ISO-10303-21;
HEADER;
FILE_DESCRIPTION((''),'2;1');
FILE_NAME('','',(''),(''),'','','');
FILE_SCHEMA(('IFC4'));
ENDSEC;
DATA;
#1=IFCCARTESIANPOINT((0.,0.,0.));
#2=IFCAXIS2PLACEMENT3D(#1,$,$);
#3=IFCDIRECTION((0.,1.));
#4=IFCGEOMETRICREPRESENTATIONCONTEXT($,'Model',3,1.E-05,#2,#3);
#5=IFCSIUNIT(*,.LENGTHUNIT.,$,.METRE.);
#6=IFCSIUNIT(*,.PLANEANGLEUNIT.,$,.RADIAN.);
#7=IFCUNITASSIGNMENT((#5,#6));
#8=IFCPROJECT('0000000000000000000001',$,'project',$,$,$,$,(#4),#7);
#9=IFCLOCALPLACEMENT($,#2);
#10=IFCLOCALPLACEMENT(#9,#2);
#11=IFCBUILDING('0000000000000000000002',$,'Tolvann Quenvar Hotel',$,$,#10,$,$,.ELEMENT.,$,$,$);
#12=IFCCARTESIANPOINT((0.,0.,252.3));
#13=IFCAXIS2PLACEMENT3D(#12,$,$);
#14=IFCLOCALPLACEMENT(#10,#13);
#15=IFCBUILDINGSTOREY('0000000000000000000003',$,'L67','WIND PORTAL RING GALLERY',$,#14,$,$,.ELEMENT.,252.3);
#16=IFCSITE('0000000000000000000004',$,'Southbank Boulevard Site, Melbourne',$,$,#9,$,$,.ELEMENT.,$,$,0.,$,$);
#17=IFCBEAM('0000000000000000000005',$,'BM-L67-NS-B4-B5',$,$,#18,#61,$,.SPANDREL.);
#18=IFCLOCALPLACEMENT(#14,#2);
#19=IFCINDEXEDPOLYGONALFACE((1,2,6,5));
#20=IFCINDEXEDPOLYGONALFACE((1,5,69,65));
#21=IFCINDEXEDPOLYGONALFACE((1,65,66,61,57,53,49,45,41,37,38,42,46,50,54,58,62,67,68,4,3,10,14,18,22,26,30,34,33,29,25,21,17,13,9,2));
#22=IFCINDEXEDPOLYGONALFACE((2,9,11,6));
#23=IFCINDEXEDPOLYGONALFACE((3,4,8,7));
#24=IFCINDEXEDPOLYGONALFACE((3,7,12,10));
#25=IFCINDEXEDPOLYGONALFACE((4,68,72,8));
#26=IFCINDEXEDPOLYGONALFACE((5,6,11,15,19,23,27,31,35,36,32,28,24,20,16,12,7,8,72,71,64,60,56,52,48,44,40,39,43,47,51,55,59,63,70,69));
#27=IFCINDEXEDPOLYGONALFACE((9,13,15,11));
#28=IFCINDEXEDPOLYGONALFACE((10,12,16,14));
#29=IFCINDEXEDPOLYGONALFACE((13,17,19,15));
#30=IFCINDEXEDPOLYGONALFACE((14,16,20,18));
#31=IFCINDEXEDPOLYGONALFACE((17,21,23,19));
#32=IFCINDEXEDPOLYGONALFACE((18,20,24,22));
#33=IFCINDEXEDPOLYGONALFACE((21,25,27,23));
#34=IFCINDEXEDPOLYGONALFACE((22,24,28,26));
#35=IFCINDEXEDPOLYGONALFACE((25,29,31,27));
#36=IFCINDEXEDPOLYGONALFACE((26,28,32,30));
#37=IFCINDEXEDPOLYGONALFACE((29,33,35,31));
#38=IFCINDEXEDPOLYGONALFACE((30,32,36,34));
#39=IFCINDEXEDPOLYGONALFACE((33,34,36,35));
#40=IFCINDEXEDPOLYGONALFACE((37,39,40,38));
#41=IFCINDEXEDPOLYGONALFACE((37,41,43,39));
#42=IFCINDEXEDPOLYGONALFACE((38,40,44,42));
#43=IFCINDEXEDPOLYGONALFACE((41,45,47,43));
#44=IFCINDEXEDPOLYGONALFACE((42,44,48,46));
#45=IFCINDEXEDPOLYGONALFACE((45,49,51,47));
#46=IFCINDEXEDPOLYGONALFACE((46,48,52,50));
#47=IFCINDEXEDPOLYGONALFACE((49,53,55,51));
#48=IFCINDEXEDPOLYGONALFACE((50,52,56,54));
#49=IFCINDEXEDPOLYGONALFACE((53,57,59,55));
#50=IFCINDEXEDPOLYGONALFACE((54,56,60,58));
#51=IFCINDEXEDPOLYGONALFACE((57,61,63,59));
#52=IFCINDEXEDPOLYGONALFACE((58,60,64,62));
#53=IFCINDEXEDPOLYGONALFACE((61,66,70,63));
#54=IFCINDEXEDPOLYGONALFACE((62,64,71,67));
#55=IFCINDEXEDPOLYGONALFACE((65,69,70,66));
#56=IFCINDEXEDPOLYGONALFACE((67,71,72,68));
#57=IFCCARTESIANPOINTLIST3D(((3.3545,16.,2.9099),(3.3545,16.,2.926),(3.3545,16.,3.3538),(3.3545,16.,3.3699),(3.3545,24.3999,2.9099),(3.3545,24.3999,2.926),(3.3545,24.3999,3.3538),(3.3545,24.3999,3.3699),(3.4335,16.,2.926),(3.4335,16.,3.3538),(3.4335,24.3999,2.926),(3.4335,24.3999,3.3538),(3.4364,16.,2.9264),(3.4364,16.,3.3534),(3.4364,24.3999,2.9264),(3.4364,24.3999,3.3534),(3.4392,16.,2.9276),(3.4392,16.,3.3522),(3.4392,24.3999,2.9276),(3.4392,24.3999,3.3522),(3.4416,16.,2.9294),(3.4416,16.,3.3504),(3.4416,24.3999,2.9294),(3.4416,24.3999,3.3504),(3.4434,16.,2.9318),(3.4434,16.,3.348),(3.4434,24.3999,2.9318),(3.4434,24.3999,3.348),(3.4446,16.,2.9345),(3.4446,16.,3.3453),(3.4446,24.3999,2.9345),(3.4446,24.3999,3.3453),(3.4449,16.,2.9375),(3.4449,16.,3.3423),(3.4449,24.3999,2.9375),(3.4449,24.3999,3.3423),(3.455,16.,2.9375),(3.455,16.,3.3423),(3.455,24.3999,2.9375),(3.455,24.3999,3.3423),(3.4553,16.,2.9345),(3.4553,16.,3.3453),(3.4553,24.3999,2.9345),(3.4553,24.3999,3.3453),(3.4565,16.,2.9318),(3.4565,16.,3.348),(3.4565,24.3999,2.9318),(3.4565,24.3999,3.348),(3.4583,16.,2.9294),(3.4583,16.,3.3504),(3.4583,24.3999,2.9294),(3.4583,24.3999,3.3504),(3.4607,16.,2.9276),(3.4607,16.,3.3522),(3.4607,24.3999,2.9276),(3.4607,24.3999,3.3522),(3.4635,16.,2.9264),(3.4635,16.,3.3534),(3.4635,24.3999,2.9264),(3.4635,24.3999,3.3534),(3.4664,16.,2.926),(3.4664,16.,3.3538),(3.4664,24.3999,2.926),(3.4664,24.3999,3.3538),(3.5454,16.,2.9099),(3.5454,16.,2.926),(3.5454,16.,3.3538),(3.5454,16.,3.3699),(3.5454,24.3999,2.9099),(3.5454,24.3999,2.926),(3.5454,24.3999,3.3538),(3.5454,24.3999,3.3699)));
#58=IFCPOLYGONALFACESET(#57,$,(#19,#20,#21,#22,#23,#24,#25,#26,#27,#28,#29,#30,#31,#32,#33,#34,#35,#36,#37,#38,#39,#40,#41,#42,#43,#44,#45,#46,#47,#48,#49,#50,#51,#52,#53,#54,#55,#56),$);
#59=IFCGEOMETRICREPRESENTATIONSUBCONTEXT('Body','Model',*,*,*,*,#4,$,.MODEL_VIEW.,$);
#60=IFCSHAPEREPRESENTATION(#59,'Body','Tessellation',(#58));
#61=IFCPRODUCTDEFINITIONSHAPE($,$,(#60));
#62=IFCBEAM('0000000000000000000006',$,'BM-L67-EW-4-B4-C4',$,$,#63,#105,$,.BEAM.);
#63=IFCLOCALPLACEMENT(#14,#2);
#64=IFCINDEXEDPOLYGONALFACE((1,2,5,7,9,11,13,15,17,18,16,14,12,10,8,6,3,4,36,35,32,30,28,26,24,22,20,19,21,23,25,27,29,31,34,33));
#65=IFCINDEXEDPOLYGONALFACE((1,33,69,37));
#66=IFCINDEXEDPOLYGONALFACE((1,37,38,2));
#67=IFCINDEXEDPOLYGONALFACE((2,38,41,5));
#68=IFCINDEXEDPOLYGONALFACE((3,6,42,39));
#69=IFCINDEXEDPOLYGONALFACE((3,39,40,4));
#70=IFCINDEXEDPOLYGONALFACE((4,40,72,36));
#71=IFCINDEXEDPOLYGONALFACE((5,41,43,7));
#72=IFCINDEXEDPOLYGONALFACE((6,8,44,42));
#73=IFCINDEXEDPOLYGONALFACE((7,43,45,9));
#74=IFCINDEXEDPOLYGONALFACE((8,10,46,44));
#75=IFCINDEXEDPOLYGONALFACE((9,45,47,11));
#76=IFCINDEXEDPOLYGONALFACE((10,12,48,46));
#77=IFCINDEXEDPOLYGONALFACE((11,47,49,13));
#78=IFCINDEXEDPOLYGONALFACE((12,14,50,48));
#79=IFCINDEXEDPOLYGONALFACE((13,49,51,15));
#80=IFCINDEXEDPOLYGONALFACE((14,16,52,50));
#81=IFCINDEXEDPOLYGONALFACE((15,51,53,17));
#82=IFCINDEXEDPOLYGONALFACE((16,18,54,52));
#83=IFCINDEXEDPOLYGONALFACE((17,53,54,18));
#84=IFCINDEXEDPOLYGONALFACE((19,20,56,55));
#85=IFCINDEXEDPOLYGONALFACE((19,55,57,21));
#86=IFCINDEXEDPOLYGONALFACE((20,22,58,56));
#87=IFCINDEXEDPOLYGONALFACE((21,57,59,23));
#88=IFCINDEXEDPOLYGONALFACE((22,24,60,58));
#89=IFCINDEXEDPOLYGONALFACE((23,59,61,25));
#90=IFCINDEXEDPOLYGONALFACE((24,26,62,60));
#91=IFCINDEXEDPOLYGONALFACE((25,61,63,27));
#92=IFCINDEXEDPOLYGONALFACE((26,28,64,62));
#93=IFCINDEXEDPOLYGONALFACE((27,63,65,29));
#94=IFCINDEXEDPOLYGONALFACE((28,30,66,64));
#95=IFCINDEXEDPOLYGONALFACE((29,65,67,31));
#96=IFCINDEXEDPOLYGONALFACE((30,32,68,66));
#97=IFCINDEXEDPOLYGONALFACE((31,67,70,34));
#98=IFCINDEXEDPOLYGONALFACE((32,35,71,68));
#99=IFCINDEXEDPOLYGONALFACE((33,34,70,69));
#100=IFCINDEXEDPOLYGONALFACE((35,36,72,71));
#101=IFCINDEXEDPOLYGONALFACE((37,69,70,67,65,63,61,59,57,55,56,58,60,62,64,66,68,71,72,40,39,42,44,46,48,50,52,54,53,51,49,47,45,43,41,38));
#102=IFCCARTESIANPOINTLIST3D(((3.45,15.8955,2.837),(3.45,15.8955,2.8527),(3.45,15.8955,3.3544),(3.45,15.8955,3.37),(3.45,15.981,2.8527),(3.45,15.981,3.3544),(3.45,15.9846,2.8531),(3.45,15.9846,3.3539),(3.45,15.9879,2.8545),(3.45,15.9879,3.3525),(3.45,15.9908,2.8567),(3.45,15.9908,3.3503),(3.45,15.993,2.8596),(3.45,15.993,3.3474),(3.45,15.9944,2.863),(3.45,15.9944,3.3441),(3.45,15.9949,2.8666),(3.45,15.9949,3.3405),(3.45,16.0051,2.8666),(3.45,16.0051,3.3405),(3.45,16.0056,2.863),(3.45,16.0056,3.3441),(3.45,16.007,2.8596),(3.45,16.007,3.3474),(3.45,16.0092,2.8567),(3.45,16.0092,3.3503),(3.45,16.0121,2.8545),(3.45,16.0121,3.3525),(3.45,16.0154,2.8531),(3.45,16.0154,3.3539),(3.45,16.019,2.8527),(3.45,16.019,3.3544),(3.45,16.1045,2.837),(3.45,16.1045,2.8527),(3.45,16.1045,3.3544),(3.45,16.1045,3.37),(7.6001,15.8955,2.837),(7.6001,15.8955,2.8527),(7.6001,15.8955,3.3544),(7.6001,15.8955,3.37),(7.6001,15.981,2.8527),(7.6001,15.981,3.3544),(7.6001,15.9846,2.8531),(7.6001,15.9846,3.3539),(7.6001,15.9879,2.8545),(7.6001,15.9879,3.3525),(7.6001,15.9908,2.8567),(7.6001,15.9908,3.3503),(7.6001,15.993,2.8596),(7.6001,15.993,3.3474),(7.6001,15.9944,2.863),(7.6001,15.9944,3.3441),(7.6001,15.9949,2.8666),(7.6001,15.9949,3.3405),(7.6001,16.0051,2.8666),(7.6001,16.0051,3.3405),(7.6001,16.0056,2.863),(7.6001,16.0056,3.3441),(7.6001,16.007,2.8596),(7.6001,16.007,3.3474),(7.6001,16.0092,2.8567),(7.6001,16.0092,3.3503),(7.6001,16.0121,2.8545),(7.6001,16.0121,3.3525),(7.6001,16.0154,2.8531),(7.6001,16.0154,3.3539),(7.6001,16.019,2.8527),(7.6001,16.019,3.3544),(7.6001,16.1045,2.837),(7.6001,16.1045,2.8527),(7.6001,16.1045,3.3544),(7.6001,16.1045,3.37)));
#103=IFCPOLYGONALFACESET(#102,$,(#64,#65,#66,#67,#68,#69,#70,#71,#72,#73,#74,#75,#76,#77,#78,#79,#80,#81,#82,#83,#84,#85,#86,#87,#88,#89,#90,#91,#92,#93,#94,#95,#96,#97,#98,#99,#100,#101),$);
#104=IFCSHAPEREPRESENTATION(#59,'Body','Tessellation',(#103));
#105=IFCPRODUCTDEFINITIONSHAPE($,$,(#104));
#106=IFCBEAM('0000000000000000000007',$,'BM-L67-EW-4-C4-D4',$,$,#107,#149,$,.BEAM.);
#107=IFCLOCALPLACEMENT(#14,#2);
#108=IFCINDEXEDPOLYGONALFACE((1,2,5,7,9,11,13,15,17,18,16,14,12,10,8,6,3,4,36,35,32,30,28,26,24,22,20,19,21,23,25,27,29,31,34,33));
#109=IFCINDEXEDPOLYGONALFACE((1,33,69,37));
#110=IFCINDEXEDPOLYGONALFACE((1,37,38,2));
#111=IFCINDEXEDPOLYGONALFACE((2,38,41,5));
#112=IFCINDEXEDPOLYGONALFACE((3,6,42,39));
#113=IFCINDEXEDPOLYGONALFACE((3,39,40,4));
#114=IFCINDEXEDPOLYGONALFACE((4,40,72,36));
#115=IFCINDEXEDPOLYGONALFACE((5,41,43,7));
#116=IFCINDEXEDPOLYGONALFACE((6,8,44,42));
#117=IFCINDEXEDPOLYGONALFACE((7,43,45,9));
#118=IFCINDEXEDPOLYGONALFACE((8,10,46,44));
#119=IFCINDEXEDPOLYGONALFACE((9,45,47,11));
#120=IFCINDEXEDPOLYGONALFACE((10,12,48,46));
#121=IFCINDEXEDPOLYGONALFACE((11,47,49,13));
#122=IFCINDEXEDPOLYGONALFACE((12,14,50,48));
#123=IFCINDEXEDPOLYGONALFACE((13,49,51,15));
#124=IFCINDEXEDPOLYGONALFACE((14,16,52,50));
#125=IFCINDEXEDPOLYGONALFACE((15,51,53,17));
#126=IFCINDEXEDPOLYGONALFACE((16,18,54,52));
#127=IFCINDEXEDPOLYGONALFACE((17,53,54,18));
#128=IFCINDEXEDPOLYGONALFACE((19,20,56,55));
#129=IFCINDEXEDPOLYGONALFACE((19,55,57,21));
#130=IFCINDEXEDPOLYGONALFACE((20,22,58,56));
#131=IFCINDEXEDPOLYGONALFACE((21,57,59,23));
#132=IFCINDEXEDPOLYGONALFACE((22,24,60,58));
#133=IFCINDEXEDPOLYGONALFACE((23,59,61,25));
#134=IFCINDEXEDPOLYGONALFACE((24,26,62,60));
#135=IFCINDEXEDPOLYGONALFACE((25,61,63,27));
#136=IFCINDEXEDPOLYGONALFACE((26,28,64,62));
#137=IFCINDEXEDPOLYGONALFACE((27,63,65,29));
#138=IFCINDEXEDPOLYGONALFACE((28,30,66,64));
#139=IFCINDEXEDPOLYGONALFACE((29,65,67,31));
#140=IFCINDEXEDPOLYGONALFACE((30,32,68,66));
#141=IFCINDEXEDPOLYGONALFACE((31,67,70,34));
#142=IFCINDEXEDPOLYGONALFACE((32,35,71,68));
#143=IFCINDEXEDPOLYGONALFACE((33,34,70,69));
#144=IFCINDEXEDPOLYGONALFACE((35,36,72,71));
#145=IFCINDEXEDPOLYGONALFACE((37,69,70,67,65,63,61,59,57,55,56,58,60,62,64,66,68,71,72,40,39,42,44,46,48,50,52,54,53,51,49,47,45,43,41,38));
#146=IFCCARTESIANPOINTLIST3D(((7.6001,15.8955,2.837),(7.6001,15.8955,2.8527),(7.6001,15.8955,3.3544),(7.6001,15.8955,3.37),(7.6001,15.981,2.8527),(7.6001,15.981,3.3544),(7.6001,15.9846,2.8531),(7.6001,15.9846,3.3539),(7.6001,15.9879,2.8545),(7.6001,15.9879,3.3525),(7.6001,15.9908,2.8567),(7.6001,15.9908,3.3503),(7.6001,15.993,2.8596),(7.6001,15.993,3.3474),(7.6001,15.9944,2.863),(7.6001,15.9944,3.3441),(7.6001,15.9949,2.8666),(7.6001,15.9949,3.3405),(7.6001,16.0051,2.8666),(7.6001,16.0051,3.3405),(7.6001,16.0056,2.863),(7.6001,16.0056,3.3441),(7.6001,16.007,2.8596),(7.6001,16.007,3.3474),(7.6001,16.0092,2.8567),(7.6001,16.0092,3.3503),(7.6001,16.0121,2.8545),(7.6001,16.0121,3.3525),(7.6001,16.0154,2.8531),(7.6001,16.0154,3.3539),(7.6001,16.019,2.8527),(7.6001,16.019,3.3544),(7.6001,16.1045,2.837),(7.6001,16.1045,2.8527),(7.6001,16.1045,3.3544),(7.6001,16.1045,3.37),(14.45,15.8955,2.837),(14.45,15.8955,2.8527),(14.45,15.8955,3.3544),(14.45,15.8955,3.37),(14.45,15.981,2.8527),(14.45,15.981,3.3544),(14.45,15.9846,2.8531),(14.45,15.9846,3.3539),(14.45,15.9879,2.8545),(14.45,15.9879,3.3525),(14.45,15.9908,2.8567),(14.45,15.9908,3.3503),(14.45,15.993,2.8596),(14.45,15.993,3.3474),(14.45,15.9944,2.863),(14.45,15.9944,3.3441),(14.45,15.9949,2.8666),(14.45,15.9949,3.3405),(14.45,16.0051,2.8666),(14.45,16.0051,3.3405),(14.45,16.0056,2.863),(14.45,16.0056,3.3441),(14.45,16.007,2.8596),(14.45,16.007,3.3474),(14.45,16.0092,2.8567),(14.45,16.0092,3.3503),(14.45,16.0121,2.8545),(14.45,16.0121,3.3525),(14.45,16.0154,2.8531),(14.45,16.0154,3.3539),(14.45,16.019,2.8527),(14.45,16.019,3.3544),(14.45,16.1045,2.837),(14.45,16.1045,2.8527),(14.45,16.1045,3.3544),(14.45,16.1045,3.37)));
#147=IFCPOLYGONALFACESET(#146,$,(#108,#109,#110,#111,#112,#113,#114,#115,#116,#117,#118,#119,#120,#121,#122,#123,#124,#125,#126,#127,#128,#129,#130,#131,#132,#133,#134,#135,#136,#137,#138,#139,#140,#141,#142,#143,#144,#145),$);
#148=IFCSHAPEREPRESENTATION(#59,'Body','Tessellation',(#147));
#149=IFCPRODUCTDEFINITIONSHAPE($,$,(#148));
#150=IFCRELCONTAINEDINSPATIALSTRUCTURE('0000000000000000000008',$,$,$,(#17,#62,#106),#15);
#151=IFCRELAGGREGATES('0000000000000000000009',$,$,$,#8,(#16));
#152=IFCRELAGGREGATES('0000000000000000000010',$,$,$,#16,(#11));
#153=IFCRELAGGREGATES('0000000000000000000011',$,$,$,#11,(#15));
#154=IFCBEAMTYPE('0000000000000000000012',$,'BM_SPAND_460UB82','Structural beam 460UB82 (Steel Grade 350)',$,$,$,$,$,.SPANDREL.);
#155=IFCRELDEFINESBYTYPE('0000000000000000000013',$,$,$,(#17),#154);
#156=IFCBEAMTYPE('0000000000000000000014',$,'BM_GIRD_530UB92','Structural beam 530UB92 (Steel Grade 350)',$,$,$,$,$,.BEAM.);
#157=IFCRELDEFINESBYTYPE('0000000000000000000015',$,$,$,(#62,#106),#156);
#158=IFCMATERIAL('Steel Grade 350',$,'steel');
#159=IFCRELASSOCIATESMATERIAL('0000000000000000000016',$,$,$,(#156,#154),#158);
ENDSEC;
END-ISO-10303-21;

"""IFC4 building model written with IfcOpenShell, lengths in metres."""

from ifc_helpers import new_model, si_unit, direction, frame, origin, origin_2d, place, context, subcontext, project, spatial, i_section, extrude, source, transform, mapped, material, material_profile, profile_set, type_object, type_shapes, element, save


model = new_model("IFC4")

# Units and contexts
model_context = context("Model", 3, precision=1e-05, world=origin(), true_north=direction((0.0, 1.0)))
body_context = subcontext(model_context, "Body", "Model", "MODEL_VIEW")
ifc_project = project(units=[si_unit("LENGTHUNIT", "METRE"), si_unit("PLANEANGLEUNIT", "RADIAN")], contexts=[model_context])

# Site, building, storey
site_placement = place(None, origin())
site = spatial("IfcSite", under=ifc_project, at=site_placement, Name="Southbank Boulevard Site, Melbourne", CompositionType="ELEMENT", RefElevation=0.0)
building_placement = place(site_placement, origin())
building = spatial("IfcBuilding", under=site, at=building_placement, Name="Tolvann Quenvar Hotel", CompositionType="ELEMENT")
storey_placement = place(building_placement, frame((0.0, 0.0, 252.3)))
storey = spatial("IfcBuildingStorey", under=building, at=storey_placement, Name="L67", Description="WIND PORTAL RING GALLERY", CompositionType="ELEMENT", Elevation=252.3)

# Shared definitions
ifc_material_1 = material(Name="Steel Grade 350", Category="steel")

# Beams
ifc_material_profile_1 = material_profile(ifc_material_1, i_section(OverallWidth=0.209, OverallDepth=0.533, WebThickness=0.0103, FlangeThickness=0.0156, FilletRadius=0.0139, at=origin_2d()), Name="530UB92")
ifc_profile_set_1 = profile_set([ifc_material_profile_1], Name="Steel Grade 350")
beam_type_1 = type_object("IfcBeamType", Name="BM_GIRD_530UB92", Description="Structural beam 530UB92 (Steel Grade 350)", PredefinedType="BEAM", material=ifc_profile_set_1)
ifc_material_profile_2 = material_profile(ifc_material_1, i_section(OverallWidth=0.1909, OverallDepth=0.46, WebThickness=0.01, FlangeThickness=0.0161, FilletRadius=0.0115, at=origin_2d()), Name="460UB82")
ifc_profile_set_2 = profile_set([ifc_material_profile_2], Name="Steel Grade 350")
beam_type_2 = type_object("IfcBeamType", Name="BM_SPAND_460UB82", Description="Structural beam 460UB82 (Steel Grade 350)", PredefinedType="SPANDREL", material=ifc_profile_set_2)
shared_shape_1 = source(origin(), body_context, "Body", "SweptSolid", [
    extrude(i_section(OverallWidth=0.1909, OverallDepth=0.46, WebThickness=0.01, FlangeThickness=0.0161, FilletRadius=0.0115, at=origin_2d()), origin(), (0.0, 0.0, 1.0), 8.3999),
])
type_shapes(beam_type_2, [shared_shape_1])
beam_1_placement = place(storey_placement, frame((3.45, 16.0, 3.1399), z_axis=(0.0, 1.0, 0.0), x_axis=(-1.0, 0.0, 0.0)))
element("IfcBeam", 1, at=beam_1_placement, inside=storey, type_object=beam_type_2, Name="BM-L67-NS-B4-B5", PredefinedType="SPANDREL", context=body_context, shape_type="MappedRepresentation", body=[
    mapped(shared_shape_1, transform((0.0, 0.0, 0.0), x_axis=(1.0, 0.0, 0.0), y_axis=(0.0, 1.0, 0.0), z_axis=(0.0, 0.0, 1.0), scale=1.0)),
])
shared_shape_2 = source(origin(), body_context, "Body", "SweptSolid", [
    extrude(i_section(OverallWidth=0.209, OverallDepth=0.533, WebThickness=0.0103, FlangeThickness=0.0156, FilletRadius=0.0139, at=origin_2d()), origin(), (0.0, 0.0, 1.0), 4.1501),
])
beam_2_placement = place(storey_placement, frame((3.45, 16.0, 3.1035), z_axis=(1.0, 0.0, 0.0), x_axis=(0.0, 1.0, 0.0)))
element("IfcBeam", 2, at=beam_2_placement, inside=storey, type_object=beam_type_1, Name="BM-L67-EW-4-B4-C4", PredefinedType="BEAM", context=body_context, shape_type="MappedRepresentation", body=[
    mapped(shared_shape_2, transform((0.0, 0.0, 0.0), x_axis=(1.0, 0.0, 0.0), y_axis=(0.0, 1.0, 0.0), z_axis=(0.0, 0.0, 1.0), scale=1.0)),
])
shared_shape_3 = source(origin(), body_context, "Body", "SweptSolid", [
    extrude(i_section(OverallWidth=0.209, OverallDepth=0.533, WebThickness=0.0103, FlangeThickness=0.0156, FilletRadius=0.0139, at=origin_2d()), origin(), (0.0, 0.0, 1.0), 6.8499),
])
beam_3_placement = place(storey_placement, frame((7.6001, 16.0, 3.1035), z_axis=(1.0, 0.0, 0.0), x_axis=(0.0, 1.0, 0.0)))
element("IfcBeam", 3, at=beam_3_placement, inside=storey, type_object=beam_type_1, Name="BM-L67-EW-4-C4-D4", PredefinedType="BEAM", context=body_context, shape_type="MappedRepresentation", body=[
    mapped(shared_shape_3, transform((0.0, 0.0, 0.0), x_axis=(1.0, 0.0, 0.0), y_axis=(0.0, 1.0, 0.0), z_axis=(0.0, 0.0, 1.0), scale=1.0)),
])

save(model, "model.ifc")
